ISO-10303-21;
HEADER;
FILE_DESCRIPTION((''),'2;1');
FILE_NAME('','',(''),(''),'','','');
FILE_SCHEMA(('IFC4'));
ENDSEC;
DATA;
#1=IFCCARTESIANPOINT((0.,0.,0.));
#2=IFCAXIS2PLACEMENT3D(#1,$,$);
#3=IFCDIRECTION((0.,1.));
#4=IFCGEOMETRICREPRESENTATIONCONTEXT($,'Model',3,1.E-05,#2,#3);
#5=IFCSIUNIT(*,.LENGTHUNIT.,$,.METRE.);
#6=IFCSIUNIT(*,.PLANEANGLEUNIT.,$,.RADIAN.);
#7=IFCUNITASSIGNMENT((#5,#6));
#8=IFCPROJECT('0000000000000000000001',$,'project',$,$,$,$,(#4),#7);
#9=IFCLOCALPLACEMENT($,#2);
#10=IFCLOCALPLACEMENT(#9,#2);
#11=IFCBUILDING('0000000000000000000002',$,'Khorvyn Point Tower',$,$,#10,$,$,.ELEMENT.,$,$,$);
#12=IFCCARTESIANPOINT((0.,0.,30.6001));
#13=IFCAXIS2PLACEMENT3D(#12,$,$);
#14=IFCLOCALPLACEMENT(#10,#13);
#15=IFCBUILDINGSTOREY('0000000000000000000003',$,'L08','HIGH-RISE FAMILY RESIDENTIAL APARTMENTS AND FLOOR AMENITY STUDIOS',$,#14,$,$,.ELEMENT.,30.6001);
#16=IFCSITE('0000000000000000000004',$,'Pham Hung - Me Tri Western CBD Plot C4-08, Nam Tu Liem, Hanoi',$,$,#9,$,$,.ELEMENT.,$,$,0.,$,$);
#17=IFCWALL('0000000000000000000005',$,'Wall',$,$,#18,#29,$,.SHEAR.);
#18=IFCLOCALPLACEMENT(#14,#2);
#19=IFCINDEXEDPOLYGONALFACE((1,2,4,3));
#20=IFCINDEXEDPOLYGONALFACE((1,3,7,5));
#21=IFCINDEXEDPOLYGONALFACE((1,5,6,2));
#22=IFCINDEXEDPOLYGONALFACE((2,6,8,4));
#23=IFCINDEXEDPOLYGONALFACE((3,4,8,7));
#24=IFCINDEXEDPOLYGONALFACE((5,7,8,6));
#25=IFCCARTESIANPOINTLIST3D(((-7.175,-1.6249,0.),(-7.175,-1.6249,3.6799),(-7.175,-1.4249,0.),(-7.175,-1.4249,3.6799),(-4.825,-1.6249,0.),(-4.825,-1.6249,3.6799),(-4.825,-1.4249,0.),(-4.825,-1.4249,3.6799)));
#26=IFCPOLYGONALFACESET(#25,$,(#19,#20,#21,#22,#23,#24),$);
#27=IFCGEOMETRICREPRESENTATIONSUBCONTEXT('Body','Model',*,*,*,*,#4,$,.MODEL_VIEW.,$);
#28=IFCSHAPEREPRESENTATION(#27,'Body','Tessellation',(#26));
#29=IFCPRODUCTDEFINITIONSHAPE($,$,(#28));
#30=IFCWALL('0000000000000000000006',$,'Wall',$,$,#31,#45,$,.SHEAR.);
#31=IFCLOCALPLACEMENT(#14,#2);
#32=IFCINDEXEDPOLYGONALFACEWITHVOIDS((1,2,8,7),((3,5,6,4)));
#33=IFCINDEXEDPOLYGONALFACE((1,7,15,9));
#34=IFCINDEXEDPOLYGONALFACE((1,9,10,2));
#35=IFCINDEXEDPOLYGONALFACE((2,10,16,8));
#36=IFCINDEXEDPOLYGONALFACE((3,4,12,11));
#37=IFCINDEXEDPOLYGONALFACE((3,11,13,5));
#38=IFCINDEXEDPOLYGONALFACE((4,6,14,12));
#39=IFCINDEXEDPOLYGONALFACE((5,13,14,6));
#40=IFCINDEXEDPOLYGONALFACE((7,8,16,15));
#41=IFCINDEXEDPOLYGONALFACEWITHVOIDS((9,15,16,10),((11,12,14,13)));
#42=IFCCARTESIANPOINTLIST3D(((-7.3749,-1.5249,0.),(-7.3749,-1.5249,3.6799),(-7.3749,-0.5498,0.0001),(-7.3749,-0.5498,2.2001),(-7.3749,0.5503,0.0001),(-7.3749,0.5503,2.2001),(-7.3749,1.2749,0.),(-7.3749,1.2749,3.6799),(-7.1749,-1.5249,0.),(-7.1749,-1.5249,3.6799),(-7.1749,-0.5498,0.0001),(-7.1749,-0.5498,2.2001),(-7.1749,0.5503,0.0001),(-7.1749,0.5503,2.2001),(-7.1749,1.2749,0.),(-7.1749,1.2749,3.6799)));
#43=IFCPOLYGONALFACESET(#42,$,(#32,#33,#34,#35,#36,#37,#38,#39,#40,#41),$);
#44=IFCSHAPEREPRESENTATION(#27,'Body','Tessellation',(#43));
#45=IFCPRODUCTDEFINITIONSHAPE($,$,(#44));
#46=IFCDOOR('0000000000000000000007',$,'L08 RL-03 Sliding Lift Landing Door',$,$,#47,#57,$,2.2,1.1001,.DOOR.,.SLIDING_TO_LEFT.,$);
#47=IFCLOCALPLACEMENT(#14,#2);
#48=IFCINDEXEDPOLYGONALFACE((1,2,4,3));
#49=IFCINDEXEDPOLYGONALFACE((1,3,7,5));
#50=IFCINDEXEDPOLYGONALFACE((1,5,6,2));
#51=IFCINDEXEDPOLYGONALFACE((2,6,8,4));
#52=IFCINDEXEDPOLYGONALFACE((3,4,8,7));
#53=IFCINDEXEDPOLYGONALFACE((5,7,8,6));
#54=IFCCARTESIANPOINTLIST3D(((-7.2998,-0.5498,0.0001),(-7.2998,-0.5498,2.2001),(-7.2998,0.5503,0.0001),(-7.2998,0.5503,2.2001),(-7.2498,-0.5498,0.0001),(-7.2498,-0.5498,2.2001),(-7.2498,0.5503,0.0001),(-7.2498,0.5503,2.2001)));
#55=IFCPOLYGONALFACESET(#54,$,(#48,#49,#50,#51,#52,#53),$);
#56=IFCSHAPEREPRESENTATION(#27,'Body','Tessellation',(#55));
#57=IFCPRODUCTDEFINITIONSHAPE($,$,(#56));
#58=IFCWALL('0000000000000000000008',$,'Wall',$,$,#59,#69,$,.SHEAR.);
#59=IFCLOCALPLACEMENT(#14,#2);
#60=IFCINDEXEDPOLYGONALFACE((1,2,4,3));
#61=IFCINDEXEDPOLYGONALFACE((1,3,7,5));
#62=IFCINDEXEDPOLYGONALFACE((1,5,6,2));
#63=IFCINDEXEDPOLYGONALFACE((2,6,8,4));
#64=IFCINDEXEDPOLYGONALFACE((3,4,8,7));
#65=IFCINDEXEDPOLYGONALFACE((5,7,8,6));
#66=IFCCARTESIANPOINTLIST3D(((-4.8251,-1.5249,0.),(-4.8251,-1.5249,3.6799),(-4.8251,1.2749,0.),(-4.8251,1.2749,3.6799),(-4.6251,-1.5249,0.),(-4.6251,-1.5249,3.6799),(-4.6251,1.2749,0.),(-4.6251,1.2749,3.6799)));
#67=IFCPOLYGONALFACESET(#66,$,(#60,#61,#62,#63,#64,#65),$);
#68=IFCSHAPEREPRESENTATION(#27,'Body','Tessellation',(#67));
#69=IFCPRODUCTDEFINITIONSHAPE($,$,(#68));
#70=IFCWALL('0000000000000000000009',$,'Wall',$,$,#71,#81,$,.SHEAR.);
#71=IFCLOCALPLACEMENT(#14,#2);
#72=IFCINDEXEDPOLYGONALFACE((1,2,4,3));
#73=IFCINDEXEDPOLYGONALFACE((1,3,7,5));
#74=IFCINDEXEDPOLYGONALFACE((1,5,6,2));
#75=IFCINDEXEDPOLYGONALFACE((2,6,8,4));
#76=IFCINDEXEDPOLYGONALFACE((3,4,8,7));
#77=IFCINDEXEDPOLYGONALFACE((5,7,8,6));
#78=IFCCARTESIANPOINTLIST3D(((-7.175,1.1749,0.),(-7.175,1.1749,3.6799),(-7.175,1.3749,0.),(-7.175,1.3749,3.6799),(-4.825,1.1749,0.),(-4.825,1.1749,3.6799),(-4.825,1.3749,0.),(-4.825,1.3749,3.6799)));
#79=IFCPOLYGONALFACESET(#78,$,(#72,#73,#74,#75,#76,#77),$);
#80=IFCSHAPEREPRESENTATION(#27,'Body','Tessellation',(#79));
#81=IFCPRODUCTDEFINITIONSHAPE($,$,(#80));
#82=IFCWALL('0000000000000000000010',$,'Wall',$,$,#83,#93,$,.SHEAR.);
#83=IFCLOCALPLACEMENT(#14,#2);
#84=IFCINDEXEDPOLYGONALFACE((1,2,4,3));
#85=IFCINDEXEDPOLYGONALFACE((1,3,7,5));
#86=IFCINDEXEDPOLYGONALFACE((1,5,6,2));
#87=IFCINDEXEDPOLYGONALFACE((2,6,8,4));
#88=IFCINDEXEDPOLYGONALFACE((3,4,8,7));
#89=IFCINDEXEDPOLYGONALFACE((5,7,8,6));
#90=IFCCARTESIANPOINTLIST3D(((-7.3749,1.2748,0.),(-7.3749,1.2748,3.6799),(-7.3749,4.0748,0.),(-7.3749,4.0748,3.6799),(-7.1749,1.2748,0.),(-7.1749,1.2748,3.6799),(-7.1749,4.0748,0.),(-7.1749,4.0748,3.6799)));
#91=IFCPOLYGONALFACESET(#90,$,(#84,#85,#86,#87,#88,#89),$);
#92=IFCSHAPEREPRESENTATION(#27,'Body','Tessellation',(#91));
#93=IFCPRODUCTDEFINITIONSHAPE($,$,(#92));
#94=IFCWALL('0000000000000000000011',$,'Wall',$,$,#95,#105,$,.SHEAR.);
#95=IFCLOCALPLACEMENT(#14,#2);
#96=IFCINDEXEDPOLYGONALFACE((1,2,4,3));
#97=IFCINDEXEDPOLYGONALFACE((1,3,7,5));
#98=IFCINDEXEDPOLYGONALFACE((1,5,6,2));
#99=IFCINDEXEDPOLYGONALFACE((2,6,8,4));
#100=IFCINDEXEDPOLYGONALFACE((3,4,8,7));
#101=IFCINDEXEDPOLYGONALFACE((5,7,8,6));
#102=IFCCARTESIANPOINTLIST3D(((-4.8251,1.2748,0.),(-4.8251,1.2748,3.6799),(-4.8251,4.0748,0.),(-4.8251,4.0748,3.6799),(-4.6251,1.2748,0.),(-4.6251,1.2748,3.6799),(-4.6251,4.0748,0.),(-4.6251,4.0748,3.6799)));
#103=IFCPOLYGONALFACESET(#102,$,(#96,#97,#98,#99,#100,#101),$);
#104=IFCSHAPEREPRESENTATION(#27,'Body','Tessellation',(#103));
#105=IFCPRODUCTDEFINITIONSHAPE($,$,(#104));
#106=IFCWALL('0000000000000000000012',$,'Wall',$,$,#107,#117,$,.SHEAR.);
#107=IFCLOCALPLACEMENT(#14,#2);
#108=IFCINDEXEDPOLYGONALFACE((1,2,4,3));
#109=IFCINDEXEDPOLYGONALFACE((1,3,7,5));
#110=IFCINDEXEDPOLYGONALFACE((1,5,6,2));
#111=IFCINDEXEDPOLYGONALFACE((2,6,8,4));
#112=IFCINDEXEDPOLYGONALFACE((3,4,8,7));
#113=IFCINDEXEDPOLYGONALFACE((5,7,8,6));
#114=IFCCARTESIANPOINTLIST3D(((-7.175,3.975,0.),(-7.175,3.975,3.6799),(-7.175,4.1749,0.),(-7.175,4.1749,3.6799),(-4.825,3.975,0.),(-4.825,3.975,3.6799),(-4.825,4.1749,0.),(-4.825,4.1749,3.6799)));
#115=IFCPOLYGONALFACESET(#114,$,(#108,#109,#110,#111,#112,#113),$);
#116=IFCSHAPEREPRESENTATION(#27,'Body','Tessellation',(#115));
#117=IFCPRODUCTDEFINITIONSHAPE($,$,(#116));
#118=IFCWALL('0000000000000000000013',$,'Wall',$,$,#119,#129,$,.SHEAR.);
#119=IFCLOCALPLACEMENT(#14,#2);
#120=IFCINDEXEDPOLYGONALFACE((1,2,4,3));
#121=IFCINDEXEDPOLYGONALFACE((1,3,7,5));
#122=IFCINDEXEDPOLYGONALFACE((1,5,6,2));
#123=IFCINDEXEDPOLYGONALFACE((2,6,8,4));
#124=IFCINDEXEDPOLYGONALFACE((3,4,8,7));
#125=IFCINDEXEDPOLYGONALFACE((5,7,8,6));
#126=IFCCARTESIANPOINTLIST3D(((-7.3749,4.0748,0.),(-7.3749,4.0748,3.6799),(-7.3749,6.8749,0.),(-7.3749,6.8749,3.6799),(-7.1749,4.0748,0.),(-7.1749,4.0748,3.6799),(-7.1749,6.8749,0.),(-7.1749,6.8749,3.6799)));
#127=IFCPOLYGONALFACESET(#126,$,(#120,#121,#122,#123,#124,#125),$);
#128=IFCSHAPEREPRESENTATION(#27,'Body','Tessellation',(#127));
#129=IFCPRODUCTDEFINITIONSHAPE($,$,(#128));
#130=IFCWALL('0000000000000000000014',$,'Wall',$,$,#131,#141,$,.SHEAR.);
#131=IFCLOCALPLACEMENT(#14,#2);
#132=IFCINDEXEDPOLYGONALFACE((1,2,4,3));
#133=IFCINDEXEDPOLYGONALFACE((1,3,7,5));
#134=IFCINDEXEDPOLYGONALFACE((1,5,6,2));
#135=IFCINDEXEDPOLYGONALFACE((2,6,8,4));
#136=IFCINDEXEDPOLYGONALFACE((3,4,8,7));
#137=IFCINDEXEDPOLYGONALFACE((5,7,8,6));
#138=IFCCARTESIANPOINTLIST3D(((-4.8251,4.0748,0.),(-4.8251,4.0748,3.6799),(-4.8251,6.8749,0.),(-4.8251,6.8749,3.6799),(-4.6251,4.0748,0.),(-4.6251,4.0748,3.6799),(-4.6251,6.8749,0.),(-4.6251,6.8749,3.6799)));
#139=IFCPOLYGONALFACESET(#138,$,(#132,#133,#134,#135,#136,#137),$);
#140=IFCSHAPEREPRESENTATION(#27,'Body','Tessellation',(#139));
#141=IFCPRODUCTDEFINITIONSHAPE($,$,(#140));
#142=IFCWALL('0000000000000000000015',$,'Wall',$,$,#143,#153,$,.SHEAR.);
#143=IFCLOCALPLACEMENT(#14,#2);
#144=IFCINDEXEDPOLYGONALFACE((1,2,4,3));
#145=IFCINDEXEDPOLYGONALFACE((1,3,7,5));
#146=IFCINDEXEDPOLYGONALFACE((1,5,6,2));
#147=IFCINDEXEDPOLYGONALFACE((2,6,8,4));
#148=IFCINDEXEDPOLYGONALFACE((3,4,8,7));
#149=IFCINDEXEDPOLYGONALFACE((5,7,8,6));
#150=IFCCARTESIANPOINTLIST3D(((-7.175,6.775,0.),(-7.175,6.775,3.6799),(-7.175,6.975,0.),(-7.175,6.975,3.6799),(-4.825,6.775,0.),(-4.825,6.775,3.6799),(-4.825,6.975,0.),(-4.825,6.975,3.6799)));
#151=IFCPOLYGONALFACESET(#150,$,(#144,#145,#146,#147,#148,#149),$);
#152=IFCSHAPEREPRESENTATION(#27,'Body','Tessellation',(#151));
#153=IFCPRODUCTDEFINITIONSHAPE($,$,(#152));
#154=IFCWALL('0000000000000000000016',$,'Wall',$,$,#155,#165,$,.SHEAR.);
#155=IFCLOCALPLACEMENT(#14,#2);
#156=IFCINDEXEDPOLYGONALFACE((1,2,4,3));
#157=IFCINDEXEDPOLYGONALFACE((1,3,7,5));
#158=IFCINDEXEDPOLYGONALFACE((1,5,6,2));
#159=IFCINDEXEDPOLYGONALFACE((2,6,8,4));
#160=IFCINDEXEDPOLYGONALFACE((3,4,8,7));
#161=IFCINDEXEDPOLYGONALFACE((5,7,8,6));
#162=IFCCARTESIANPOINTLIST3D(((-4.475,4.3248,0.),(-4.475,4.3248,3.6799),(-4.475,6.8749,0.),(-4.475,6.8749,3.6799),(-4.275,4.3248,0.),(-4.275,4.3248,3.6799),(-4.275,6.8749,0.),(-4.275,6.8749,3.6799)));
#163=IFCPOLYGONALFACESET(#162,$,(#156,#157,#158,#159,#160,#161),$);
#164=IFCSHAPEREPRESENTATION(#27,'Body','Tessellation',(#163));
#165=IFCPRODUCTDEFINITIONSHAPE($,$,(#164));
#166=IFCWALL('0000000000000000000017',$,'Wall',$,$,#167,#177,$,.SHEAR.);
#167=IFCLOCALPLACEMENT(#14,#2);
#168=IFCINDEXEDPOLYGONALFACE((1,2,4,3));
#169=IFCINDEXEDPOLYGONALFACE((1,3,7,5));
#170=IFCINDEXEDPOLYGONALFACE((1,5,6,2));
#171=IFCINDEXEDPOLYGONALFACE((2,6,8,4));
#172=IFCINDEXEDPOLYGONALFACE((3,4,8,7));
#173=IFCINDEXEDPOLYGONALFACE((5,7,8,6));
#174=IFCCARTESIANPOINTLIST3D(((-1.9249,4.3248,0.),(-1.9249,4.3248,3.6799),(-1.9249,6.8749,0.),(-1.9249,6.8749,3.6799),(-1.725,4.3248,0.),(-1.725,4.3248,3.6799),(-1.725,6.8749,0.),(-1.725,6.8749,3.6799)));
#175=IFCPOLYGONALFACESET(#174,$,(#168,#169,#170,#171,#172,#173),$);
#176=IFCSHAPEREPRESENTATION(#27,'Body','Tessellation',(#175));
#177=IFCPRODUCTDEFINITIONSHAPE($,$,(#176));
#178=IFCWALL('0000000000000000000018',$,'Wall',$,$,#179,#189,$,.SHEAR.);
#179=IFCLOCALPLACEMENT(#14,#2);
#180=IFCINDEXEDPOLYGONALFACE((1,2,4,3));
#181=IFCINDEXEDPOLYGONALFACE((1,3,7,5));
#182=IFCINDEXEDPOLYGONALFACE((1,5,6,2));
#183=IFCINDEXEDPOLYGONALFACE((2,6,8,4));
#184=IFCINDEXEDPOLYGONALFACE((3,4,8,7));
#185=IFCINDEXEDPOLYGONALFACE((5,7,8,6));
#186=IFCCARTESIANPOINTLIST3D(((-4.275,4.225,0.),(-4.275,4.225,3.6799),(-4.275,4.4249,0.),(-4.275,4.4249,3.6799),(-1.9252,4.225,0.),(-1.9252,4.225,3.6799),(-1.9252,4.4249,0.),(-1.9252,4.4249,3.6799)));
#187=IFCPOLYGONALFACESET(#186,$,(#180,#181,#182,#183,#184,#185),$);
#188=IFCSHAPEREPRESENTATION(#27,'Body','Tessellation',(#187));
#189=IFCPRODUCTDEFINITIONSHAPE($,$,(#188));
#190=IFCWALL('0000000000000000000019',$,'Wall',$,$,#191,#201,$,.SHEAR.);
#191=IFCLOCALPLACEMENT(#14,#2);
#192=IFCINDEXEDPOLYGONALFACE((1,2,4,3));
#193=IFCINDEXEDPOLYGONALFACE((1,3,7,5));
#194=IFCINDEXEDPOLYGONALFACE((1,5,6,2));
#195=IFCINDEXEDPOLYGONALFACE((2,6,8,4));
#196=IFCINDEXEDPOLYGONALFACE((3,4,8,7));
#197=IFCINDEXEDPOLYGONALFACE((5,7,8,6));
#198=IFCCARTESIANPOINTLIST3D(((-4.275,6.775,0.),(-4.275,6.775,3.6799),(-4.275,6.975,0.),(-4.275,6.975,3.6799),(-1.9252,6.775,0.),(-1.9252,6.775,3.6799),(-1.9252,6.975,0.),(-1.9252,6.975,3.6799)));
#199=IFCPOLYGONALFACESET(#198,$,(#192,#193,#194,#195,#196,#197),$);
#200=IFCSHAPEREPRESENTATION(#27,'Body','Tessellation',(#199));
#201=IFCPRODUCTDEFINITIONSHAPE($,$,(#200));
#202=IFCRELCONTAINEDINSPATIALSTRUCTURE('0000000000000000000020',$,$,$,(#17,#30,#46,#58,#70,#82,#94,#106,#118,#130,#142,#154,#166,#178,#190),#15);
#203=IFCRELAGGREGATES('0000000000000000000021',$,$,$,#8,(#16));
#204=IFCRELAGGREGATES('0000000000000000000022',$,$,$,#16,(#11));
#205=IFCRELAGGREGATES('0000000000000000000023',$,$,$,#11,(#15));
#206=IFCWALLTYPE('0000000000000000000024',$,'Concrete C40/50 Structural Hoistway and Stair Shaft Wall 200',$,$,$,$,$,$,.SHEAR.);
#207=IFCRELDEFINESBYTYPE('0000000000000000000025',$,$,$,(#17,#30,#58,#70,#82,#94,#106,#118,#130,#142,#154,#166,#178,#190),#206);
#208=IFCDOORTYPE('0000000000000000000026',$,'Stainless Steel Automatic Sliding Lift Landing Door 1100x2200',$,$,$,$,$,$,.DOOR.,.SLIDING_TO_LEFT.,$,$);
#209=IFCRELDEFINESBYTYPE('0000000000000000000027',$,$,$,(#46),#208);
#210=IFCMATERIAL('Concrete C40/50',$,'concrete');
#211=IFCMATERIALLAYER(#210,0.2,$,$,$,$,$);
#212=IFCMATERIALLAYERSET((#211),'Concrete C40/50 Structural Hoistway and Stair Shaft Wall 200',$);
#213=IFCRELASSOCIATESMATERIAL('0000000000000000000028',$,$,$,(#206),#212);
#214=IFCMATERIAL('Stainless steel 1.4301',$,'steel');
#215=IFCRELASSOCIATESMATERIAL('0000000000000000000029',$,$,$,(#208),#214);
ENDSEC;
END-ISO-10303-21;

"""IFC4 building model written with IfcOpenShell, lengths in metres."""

from ifc_helpers import new_model, si_unit, direction, frame, frame_2d, origin, place, context, subcontext, project, spatial, rectangle, extrude, material, layer, layer_set, type_object, element, fill, save


model = new_model("IFC4")

# Units and contexts
model_context = context("Model", 3, precision=1e-05, world=origin(), true_north=direction((0.0, 1.0)))
body_context = subcontext(model_context, "Body", "Model", "MODEL_VIEW")
ifc_project = project(units=[si_unit("LENGTHUNIT", "METRE"), si_unit("PLANEANGLEUNIT", "RADIAN")], contexts=[model_context])

# Site, building, storey
site_placement = place(None, origin())
site = spatial("IfcSite", under=ifc_project, at=site_placement, Name="Pham Hung - Me Tri Western CBD Plot C4-08, Nam Tu Liem, Hanoi", CompositionType="ELEMENT", RefElevation=0.0)
building_placement = place(site_placement, origin())
building = spatial("IfcBuilding", under=site, at=building_placement, Name="Khorvyn Point Tower", CompositionType="ELEMENT")
storey_placement = place(building_placement, frame((0.0, 0.0, 30.6001)))
storey = spatial("IfcBuildingStorey", under=building, at=storey_placement, Name="L08", Description="HIGH-RISE FAMILY RESIDENTIAL APARTMENTS AND FLOOR AMENITY STUDIOS", CompositionType="ELEMENT", Elevation=30.6001)

# Shared definitions
ifc_material_1 = material(Name="Concrete C40/50", Category="concrete")

# Wall
ifc_layer_1 = layer(ifc_material_1, 0.2)
ifc_layer_set_1 = layer_set([ifc_layer_1], Name="Concrete C40/50 Structural Hoistway and Stair Shaft Wall 200")
wall_type_1 = type_object("IfcWallType", Name="Concrete C40/50 Structural Hoistway and Stair Shaft Wall 200", PredefinedType="SHEAR", material=ifc_layer_set_1)
wall_1_placement = place(storey_placement, frame((-7.175, -1.5249, 0.0), z_axis=(0.0, 0.0, 1.0), x_axis=(1.0, 0.0, 0.0)))
element("IfcWall", 1, at=wall_1_placement, inside=storey, type_object=wall_type_1, Name="Wall", PredefinedType="SHEAR", context=body_context, shape_type="SweptSolid", body=[
    extrude(rectangle(XDim=2.3501, YDim=0.2, at=frame_2d((1.175, 0.0))), origin(), (0.0, 0.0, 1.0), 3.6799),
])

# Wall, opening, door
wall_2_placement = place(storey_placement, frame((-7.2749, -1.5249, 0.0), z_axis=(0.0, 0.0, 1.0), x_axis=(0.0, 1.0, 0.0)))
wall_2 = element("IfcWall", 2, at=wall_2_placement, inside=storey, type_object=wall_type_1, Name="Wall", PredefinedType="SHEAR", context=body_context, shape_type="SweptSolid", body=[
    extrude(rectangle(XDim=2.7998, YDim=0.2, at=frame_2d((1.3999, 0.0))), origin(), (0.0, 0.0, 1.0), 3.6799),
])
opening_1_placement = place(wall_2_placement, frame((0.9751, 0.0, 0.0)))
opening_1 = element("IfcOpeningElement", 3, at=opening_1_placement, cuts=wall_2, PredefinedType="OPENING", context=body_context, shape_type="SweptSolid", body=[
    extrude(rectangle(XDim=1.1001, YDim=2.2, at=frame_2d((0.55, 1.1001))), frame((0.0, 0.1099, 0.0), z_axis=(0.0, -1.0, 0.0), x_axis=(1.0, 0.0, 0.0)), (0.0, 0.0, 1.0), 0.22),
])
ifc_material_2 = material(Name="Stainless steel 1.4301", Category="steel")
door_type_1 = type_object("IfcDoorType", Name="Stainless Steel Automatic Sliding Lift Landing Door 1100x2200", OperationType="SLIDING_TO_LEFT", PredefinedType="DOOR", material=ifc_material_2)
door_1_placement = place(opening_1_placement, origin())
door_1 = element("IfcDoor", 4, at=door_1_placement, inside=storey, type_object=door_type_1, Name="L08 RL-03 Sliding Lift Landing Door", OperationType="SLIDING_TO_LEFT", OverallHeight=2.2, OverallWidth=1.1001, PredefinedType="DOOR", context=body_context, shape_type="SweptSolid", body=[
    extrude(rectangle(XDim=1.1001, YDim=2.2, at=frame_2d((0.55, 1.1001))), frame((0.0, 0.0249, 0.0), z_axis=(0.0, -1.0, 0.0), x_axis=(1.0, 0.0, 0.0)), (0.0, 0.0, 1.0), 0.05),
])
fill(opening_1, door_1)

# Walls
wall_3_placement = place(storey_placement, frame((-4.7251, -1.5249, 0.0), z_axis=(0.0, 0.0, 1.0), x_axis=(0.0, 1.0, 0.0)))
element("IfcWall", 5, at=wall_3_placement, inside=storey, type_object=wall_type_1, Name="Wall", PredefinedType="SHEAR", context=body_context, shape_type="SweptSolid", body=[
    extrude(rectangle(XDim=2.7998, YDim=0.2, at=frame_2d((1.3999, 0.0))), origin(), (0.0, 0.0, 1.0), 3.6799),
])
wall_4_placement = place(storey_placement, frame((-7.175, 1.2749, 0.0), z_axis=(0.0, 0.0, 1.0), x_axis=(1.0, 0.0, 0.0)))
element("IfcWall", 6, at=wall_4_placement, inside=storey, type_object=wall_type_1, Name="Wall", PredefinedType="SHEAR", context=body_context, shape_type="SweptSolid", body=[
    extrude(rectangle(XDim=2.3501, YDim=0.2, at=frame_2d((1.175, 0.0))), origin(), (0.0, 0.0, 1.0), 3.6799),
])
for number, where, z_axis, x_axis, name in (
    (7, (-7.2749, 1.2749, 0.0), (0.0, 0.0, 1.0), (0.0, 1.0, 0.0), "Wall"),
    (8, (-4.7251, 1.2749, 0.0), (0.0, 0.0, 1.0), (0.0, 1.0, 0.0), "Wall"),
):
    element("IfcWall", number, at=place(storey_placement, frame(where, z_axis=z_axis, x_axis=x_axis)), inside=storey, type_object=wall_type_1, Name=name, PredefinedType="SHEAR", context=body_context, shape_type="SweptSolid", body=[
        extrude(rectangle(XDim=2.8, YDim=0.2, at=frame_2d((1.3999, 0.0))), origin(), (0.0, 0.0, 1.0), 3.6799),
    ])
wall_5_placement = place(storey_placement, frame((-7.175, 4.075, 0.0), z_axis=(0.0, 0.0, 1.0), x_axis=(1.0, 0.0, 0.0)))
element("IfcWall", 9, at=wall_5_placement, inside=storey, type_object=wall_type_1, Name="Wall", PredefinedType="SHEAR", context=body_context, shape_type="SweptSolid", body=[
    extrude(rectangle(XDim=2.3501, YDim=0.2, at=frame_2d((1.175, 0.0))), origin(), (0.0, 0.0, 1.0), 3.6799),
])
for number, where, z_axis, x_axis, name in (
    (10, (-7.2749, 4.075, 0.0), (0.0, 0.0, 1.0), (0.0, 1.0, 0.0), "Wall"),
    (11, (-4.7251, 4.075, 0.0), (0.0, 0.0, 1.0), (0.0, 1.0, 0.0), "Wall"),
):
    element("IfcWall", number, at=place(storey_placement, frame(where, z_axis=z_axis, x_axis=x_axis)), inside=storey, type_object=wall_type_1, Name=name, PredefinedType="SHEAR", context=body_context, shape_type="SweptSolid", body=[
        extrude(rectangle(XDim=2.8, YDim=0.2, at=frame_2d((1.3999, 0.0))), origin(), (0.0, 0.0, 1.0), 3.6799),
    ])
wall_6_placement = place(storey_placement, frame((-7.175, 6.875, 0.0), z_axis=(0.0, 0.0, 1.0), x_axis=(1.0, 0.0, 0.0)))
element("IfcWall", 12, at=wall_6_placement, inside=storey, type_object=wall_type_1, Name="Wall", PredefinedType="SHEAR", context=body_context, shape_type="SweptSolid", body=[
    extrude(rectangle(XDim=2.3501, YDim=0.2, at=frame_2d((1.175, 0.0))), origin(), (0.0, 0.0, 1.0), 3.6799),
])
for number, where, z_axis, x_axis, name in (
    (13, (-4.375, 4.325, 0.0), (0.0, 0.0, 1.0), (0.0, 1.0, 0.0), "Wall"),
    (14, (-1.825, 4.325, 0.0), (0.0, 0.0, 1.0), (0.0, 1.0, 0.0), "Wall"),
):
    element("IfcWall", number, at=place(storey_placement, frame(where, z_axis=z_axis, x_axis=x_axis)), inside=storey, type_object=wall_type_1, Name=name, PredefinedType="SHEAR", context=body_context, shape_type="SweptSolid", body=[
        extrude(rectangle(XDim=2.55, YDim=0.2, at=frame_2d((1.2749, 0.0))), origin(), (0.0, 0.0, 1.0), 3.6799),
    ])
for number, where, z_axis, x_axis, name in (
    (15, (-4.2749, 4.325, 0.0), (0.0, 0.0, 1.0), (1.0, 0.0, 0.0), "Wall"),
    (16, (-4.2749, 6.875, 0.0), (0.0, 0.0, 1.0), (1.0, 0.0, 0.0), "Wall"),
):
    element("IfcWall", number, at=place(storey_placement, frame(where, z_axis=z_axis, x_axis=x_axis)), inside=storey, type_object=wall_type_1, Name=name, PredefinedType="SHEAR", context=body_context, shape_type="SweptSolid", body=[
        extrude(rectangle(XDim=2.3499, YDim=0.2, at=frame_2d((1.1748, 0.0))), origin(), (0.0, 0.0, 1.0), 3.6799),
    ])

save(model, "model.ifc")
